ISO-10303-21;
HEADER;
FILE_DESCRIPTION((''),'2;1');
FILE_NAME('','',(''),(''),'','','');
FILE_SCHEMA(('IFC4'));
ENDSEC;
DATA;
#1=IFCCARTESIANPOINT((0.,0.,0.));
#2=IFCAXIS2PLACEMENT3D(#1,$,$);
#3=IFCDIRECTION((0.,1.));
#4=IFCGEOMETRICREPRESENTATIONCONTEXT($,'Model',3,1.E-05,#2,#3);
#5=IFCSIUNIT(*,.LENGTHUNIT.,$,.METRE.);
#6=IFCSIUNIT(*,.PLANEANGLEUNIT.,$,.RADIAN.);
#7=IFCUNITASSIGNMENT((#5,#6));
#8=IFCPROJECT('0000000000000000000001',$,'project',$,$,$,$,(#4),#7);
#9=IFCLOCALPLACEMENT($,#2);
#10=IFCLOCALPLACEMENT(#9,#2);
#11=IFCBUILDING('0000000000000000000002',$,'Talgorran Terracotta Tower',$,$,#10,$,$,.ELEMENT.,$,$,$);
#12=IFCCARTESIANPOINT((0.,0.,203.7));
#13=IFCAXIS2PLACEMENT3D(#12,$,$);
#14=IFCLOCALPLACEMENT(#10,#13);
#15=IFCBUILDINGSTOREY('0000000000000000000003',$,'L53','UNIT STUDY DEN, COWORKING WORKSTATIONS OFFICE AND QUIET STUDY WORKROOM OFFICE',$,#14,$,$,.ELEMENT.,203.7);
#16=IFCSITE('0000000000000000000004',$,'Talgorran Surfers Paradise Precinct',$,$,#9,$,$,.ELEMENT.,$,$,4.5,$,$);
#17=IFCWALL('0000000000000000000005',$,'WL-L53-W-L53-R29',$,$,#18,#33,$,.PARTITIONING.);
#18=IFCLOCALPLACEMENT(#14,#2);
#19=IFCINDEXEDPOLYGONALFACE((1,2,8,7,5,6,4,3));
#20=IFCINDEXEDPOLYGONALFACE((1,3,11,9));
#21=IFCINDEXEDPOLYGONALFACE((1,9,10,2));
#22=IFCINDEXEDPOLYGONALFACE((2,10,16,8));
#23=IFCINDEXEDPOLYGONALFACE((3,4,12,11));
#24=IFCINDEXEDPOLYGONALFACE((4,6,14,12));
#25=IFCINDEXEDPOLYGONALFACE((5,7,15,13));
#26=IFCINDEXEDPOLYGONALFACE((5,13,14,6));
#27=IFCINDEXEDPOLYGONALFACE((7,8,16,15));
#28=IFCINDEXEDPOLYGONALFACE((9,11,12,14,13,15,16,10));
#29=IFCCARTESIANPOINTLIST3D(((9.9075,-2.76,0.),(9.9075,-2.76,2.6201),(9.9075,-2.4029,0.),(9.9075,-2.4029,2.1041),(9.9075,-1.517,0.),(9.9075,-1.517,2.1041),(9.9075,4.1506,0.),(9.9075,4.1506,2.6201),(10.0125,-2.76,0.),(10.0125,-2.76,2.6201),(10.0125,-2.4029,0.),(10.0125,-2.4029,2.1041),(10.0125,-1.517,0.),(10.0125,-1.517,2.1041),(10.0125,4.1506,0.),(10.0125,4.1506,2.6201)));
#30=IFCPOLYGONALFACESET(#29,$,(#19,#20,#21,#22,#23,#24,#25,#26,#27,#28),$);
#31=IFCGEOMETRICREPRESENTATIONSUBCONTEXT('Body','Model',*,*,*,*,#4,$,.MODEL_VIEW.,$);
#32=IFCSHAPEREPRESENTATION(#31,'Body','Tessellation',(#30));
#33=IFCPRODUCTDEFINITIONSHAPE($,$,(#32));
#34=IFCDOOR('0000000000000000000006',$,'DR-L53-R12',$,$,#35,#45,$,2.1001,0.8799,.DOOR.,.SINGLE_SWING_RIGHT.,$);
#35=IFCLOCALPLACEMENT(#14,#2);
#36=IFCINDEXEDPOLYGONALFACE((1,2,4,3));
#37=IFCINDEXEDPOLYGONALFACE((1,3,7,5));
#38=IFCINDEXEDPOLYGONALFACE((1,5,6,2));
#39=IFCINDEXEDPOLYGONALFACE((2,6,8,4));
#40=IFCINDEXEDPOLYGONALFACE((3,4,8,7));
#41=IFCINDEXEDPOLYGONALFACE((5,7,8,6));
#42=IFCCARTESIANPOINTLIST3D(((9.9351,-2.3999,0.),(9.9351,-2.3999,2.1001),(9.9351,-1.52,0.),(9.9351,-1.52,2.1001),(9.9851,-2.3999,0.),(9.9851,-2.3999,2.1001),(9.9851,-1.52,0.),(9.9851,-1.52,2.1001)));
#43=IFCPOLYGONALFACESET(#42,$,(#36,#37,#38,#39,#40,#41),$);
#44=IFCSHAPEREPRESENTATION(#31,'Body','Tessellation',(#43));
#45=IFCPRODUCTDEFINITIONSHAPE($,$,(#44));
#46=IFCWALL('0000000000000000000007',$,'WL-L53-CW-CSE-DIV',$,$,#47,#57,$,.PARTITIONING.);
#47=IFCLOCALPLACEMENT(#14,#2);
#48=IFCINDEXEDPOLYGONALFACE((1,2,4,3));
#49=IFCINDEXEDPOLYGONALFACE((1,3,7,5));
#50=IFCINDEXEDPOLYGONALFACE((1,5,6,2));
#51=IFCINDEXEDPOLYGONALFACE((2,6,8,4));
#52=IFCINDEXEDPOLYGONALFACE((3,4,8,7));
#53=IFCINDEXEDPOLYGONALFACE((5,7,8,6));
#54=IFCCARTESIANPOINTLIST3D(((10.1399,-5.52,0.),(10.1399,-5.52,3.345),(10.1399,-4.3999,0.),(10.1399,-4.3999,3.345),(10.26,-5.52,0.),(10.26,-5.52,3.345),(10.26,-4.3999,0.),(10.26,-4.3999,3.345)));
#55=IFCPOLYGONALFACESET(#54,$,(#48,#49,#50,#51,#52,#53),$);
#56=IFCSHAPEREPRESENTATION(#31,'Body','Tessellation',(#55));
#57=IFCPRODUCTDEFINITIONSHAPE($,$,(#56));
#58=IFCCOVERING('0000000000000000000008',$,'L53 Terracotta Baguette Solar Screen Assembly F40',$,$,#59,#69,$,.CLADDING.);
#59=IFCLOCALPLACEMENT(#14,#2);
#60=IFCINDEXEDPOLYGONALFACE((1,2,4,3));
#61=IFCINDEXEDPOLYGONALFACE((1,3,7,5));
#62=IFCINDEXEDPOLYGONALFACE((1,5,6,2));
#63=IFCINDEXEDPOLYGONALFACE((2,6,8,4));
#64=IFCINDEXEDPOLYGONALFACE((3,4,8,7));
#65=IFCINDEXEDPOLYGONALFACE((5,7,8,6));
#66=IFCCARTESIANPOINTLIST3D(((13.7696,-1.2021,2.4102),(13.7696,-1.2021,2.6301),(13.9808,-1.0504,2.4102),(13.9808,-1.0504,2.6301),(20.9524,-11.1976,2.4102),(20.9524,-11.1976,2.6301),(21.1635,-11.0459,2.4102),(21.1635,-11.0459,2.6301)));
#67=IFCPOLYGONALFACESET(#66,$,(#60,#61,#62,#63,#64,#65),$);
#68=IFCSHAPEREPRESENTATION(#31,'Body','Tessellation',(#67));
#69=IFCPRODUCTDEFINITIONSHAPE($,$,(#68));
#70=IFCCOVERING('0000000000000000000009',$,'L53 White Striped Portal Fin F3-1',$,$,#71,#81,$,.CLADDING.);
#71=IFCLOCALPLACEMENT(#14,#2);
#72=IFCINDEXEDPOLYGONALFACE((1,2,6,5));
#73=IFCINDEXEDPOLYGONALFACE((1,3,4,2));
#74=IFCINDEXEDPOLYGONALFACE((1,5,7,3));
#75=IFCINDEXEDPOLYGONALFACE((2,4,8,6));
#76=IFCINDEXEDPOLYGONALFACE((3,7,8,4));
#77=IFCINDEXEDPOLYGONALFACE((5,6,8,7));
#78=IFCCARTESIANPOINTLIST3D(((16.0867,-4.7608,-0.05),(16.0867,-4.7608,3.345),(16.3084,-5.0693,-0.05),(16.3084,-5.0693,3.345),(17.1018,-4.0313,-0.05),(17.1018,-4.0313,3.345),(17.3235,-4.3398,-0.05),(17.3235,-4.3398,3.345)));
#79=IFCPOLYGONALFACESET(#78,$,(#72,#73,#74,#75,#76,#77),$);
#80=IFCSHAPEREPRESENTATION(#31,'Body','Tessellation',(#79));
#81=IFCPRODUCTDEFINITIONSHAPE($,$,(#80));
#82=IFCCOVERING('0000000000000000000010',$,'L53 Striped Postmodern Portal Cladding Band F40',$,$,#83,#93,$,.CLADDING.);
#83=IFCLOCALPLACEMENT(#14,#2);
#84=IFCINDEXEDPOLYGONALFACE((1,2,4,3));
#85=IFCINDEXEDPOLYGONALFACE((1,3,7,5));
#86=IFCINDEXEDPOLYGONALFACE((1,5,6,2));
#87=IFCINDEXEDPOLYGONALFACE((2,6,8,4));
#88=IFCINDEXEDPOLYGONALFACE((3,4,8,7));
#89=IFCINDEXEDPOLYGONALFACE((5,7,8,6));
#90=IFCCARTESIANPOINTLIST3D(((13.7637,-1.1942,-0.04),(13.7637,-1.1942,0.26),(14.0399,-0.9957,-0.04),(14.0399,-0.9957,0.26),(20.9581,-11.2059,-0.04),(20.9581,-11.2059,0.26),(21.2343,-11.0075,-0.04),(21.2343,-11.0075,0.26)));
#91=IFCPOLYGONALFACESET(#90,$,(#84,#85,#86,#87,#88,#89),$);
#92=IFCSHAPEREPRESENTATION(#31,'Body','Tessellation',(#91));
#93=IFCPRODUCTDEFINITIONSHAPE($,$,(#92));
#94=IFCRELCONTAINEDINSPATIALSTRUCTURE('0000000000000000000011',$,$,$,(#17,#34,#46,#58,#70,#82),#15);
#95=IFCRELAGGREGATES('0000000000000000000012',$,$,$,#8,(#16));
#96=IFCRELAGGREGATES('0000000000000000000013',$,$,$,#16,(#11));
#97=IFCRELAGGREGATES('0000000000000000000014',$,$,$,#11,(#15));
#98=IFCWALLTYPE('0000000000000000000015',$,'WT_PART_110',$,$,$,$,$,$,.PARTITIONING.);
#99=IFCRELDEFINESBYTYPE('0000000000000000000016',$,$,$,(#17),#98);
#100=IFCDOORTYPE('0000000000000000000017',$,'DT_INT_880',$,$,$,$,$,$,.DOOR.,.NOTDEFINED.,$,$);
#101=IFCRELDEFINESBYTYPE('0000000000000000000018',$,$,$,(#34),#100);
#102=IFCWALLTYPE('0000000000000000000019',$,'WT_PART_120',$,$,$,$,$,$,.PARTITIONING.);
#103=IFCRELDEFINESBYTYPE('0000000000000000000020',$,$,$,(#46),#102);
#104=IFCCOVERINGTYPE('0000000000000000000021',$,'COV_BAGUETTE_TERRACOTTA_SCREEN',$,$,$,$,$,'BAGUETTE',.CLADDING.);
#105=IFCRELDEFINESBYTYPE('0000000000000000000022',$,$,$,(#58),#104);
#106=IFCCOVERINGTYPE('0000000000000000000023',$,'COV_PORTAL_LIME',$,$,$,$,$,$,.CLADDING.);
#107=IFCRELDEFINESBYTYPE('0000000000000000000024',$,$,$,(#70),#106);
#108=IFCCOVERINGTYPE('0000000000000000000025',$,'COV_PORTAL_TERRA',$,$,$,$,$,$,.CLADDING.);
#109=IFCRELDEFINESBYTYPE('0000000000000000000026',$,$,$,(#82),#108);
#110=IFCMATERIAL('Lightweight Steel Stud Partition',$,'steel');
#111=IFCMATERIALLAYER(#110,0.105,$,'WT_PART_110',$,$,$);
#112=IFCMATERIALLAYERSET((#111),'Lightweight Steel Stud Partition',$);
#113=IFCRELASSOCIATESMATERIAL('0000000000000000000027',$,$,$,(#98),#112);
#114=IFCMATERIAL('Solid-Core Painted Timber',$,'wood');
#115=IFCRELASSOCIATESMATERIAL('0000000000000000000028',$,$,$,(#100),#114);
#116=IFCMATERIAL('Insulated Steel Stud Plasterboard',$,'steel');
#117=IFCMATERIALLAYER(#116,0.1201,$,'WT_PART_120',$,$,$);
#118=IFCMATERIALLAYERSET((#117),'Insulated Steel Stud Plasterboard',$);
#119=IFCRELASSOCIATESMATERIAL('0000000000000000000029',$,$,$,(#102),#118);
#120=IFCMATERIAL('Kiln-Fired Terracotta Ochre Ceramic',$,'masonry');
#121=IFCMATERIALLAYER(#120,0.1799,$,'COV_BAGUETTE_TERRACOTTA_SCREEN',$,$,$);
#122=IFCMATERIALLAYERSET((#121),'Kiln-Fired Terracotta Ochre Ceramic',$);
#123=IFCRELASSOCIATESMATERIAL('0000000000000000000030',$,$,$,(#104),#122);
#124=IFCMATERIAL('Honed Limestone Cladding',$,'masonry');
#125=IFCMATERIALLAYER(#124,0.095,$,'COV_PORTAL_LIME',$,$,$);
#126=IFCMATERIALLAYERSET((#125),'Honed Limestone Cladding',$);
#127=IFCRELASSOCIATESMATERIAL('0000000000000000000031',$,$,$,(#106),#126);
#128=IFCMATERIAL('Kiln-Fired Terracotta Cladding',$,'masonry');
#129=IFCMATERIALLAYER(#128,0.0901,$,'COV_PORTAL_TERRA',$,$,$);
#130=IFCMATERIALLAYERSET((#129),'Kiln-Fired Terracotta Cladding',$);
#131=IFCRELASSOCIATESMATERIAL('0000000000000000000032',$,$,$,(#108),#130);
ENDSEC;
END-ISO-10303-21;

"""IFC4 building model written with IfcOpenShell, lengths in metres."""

from ifc_helpers import new_model, si_unit, direction, frame, frame_2d, origin, origin_2d, place, context, subcontext, project, spatial, rectangle, extrude, material, layer, layer_set, type_object, element, fill, save


model = new_model("IFC4")

# Units and contexts
model_context = context("Model", 3, precision=1e-05, world=origin(), true_north=direction((0.0, 1.0)))
body_context = subcontext(model_context, "Body", "Model", "MODEL_VIEW")
ifc_project = project(units=[si_unit("LENGTHUNIT", "METRE"), si_unit("PLANEANGLEUNIT", "RADIAN")], contexts=[model_context])

# Site, building, storey
site_placement = place(None, origin())
site = spatial("IfcSite", under=ifc_project, at=site_placement, Name="Talgorran Surfers Paradise Precinct", CompositionType="ELEMENT", RefElevation=4.5)
building_placement = place(site_placement, origin())
building = spatial("IfcBuilding", under=site, at=building_placement, Name="Talgorran Terracotta Tower", CompositionType="ELEMENT")
storey_placement = place(building_placement, frame((0.0, 0.0, 203.7)))
storey = spatial("IfcBuildingStorey", under=building, at=storey_placement, Name="L53", Description="UNIT STUDY DEN, COWORKING WORKSTATIONS OFFICE AND QUIET STUDY WORKROOM OFFICE", CompositionType="ELEMENT", Elevation=203.7)

# Wall, opening, door
ifc_material_1 = material(Name="Lightweight Steel Stud Partition", Category="steel")
ifc_layer_1 = layer(ifc_material_1, 0.105, Name="WT_PART_110")
ifc_layer_set_1 = layer_set([ifc_layer_1], Name="Lightweight Steel Stud Partition")
wall_type_1 = type_object("IfcWallType", Name="WT_PART_110", PredefinedType="PARTITIONING", material=ifc_layer_set_1)
wall_1_placement = place(storey_placement, frame((9.96, -2.76, 0.0), z_axis=(0.0, 0.0, 1.0), x_axis=(0.0, 1.0, 0.0)))
wall_1 = element("IfcWall", 1, at=wall_1_placement, inside=storey, type_object=wall_type_1, Name="WL-L53-W-L53-R29", PredefinedType="PARTITIONING", context=body_context, shape_type="SweptSolid", body=[
    extrude(rectangle(XDim=6.9106, YDim=0.105, at=frame_2d((3.4553, 0.0))), origin(), (0.0, 0.0, 1.0), 2.6201),
])
opening_1_placement = place(wall_1_placement, frame((0.3601, 0.0, 0.0)))
opening_1 = element("IfcOpeningElement", 2, at=opening_1_placement, cuts=wall_1, PredefinedType="OPENING", context=body_context, shape_type="SweptSolid", body=[
    extrude(rectangle(XDim=0.8859, YDim=2.1041, at=frame_2d((0.4399, 1.052))), frame((0.0, 0.0625, 0.0), z_axis=(0.0, -1.0, 0.0), x_axis=(1.0, 0.0, 0.0)), (0.0, 0.0, 1.0), 0.125),
])
ifc_material_2 = material(Name="Solid-Core Painted Timber", Category="wood")
door_type_1 = type_object("IfcDoorType", Name="DT_INT_880", OperationType="NOTDEFINED", PredefinedType="DOOR", material=ifc_material_2)
door_1_placement = place(opening_1_placement, origin())
door_1 = element("IfcDoor", 3, at=door_1_placement, inside=storey, type_object=door_type_1, Name="DR-L53-R12", OperationType="SINGLE_SWING_RIGHT", OverallHeight=2.1001, OverallWidth=0.8799, PredefinedType="DOOR", context=body_context, shape_type="SweptSolid", body=[
    extrude(rectangle(XDim=0.8799, YDim=2.1001, at=frame_2d((0.4399, 1.05))), frame((0.0, 0.0249, 0.0), z_axis=(0.0, -1.0, 0.0), x_axis=(1.0, 0.0, 0.0)), (0.0, 0.0, 1.0), 0.05),
])
fill(opening_1, door_1)

# Wall
ifc_material_3 = material(Name="Insulated Steel Stud Plasterboard", Category="steel")
ifc_layer_2 = layer(ifc_material_3, 0.1201, Name="WT_PART_120")
ifc_layer_set_2 = layer_set([ifc_layer_2], Name="Insulated Steel Stud Plasterboard")
wall_type_2 = type_object("IfcWallType", Name="WT_PART_120", PredefinedType="PARTITIONING", material=ifc_layer_set_2)
wall_2_placement = place(storey_placement, frame((10.2, -5.52, 0.0), z_axis=(0.0, 0.0, 1.0), x_axis=(0.0, 1.0, 0.0)))
element("IfcWall", 4, at=wall_2_placement, inside=storey, type_object=wall_type_2, Name="WL-L53-CW-CSE-DIV", PredefinedType="PARTITIONING", context=body_context, shape_type="SweptSolid", body=[
    extrude(rectangle(XDim=1.1201, YDim=0.1201, at=frame_2d((0.5601, 0.0))), origin(), (0.0, 0.0, 1.0), 3.345),
])

# Coverings
ifc_material_4 = material(Name="Kiln-Fired Terracotta Ochre Ceramic", Category="masonry")
ifc_layer_3 = layer(ifc_material_4, 0.1799, Name="COV_BAGUETTE_TERRACOTTA_SCREEN")
ifc_layer_set_3 = layer_set([ifc_layer_3], Name="Kiln-Fired Terracotta Ochre Ceramic")
covering_type_1 = type_object("IfcCoveringType", Name="COV_BAGUETTE_TERRACOTTA_SCREEN", ElementType="BAGUETTE", PredefinedType="CLADDING", material=ifc_layer_set_3)
covering_1_placement = place(storey_placement, frame((17.4666, -6.124, 2.4102), z_axis=(0.0, 0.0, 1.0), x_axis=(-0.583555, 0.812073, 0.0)))
element("IfcCovering", 5, at=covering_1_placement, inside=storey, type_object=covering_type_1, Name="L53 Terracotta Baguette Solar Screen Assembly F40", PredefinedType="CLADDING", context=body_context, shape_type="SweptSolid", body=[
    extrude(rectangle(XDim=12.3086, YDim=0.26, at=origin_2d()), origin(), (0.0, 0.0, 1.0), 0.22),
])
ifc_material_5 = material(Name="Honed Limestone Cladding", Category="masonry")
ifc_layer_4 = layer(ifc_material_5, 0.095, Name="COV_PORTAL_LIME")
ifc_layer_set_4 = layer_set([ifc_layer_4], Name="Honed Limestone Cladding")
covering_type_2 = type_object("IfcCoveringType", Name="COV_PORTAL_LIME", PredefinedType="CLADDING", material=ifc_layer_set_4)
covering_2_placement = place(storey_placement, frame((16.7051, -4.5503, -0.05), z_axis=(0.0, 0.0, 1.0), x_axis=(-0.583555, 0.812073, 0.0)))
element("IfcCovering", 6, at=covering_2_placement, inside=storey, type_object=covering_type_2, Name="L53 White Striped Portal Fin F3-1", PredefinedType="CLADDING", context=body_context, shape_type="SweptSolid", body=[
    extrude(rectangle(XDim=0.3799, YDim=1.25, at=origin_2d()), origin(), (0.0, 0.0, 1.0), 3.395),
])
ifc_material_6 = material(Name="Kiln-Fired Terracotta Cladding", Category="masonry")
ifc_layer_5 = layer(ifc_material_6, 0.0901, Name="COV_PORTAL_TERRA")
ifc_layer_set_5 = layer_set([ifc_layer_5], Name="Kiln-Fired Terracotta Cladding")
covering_type_3 = type_object("IfcCoveringType", Name="COV_PORTAL_TERRA", PredefinedType="CLADDING", material=ifc_layer_set_5)
covering_3_placement = place(storey_placement, frame((17.499, -6.1008, -0.04), z_axis=(0.0, 0.0, 1.0), x_axis=(-0.583555, 0.812073, 0.0)))
element("IfcCovering", 7, at=covering_3_placement, inside=storey, type_object=covering_type_3, Name="L53 Striped Postmodern Portal Cladding Band F40", PredefinedType="CLADDING", context=body_context, shape_type="SweptSolid", body=[
    extrude(rectangle(XDim=12.3286, YDim=0.3401, at=origin_2d()), origin(), (0.0, 0.0, 1.0), 0.3),
])

save(model, "model.ifc")
